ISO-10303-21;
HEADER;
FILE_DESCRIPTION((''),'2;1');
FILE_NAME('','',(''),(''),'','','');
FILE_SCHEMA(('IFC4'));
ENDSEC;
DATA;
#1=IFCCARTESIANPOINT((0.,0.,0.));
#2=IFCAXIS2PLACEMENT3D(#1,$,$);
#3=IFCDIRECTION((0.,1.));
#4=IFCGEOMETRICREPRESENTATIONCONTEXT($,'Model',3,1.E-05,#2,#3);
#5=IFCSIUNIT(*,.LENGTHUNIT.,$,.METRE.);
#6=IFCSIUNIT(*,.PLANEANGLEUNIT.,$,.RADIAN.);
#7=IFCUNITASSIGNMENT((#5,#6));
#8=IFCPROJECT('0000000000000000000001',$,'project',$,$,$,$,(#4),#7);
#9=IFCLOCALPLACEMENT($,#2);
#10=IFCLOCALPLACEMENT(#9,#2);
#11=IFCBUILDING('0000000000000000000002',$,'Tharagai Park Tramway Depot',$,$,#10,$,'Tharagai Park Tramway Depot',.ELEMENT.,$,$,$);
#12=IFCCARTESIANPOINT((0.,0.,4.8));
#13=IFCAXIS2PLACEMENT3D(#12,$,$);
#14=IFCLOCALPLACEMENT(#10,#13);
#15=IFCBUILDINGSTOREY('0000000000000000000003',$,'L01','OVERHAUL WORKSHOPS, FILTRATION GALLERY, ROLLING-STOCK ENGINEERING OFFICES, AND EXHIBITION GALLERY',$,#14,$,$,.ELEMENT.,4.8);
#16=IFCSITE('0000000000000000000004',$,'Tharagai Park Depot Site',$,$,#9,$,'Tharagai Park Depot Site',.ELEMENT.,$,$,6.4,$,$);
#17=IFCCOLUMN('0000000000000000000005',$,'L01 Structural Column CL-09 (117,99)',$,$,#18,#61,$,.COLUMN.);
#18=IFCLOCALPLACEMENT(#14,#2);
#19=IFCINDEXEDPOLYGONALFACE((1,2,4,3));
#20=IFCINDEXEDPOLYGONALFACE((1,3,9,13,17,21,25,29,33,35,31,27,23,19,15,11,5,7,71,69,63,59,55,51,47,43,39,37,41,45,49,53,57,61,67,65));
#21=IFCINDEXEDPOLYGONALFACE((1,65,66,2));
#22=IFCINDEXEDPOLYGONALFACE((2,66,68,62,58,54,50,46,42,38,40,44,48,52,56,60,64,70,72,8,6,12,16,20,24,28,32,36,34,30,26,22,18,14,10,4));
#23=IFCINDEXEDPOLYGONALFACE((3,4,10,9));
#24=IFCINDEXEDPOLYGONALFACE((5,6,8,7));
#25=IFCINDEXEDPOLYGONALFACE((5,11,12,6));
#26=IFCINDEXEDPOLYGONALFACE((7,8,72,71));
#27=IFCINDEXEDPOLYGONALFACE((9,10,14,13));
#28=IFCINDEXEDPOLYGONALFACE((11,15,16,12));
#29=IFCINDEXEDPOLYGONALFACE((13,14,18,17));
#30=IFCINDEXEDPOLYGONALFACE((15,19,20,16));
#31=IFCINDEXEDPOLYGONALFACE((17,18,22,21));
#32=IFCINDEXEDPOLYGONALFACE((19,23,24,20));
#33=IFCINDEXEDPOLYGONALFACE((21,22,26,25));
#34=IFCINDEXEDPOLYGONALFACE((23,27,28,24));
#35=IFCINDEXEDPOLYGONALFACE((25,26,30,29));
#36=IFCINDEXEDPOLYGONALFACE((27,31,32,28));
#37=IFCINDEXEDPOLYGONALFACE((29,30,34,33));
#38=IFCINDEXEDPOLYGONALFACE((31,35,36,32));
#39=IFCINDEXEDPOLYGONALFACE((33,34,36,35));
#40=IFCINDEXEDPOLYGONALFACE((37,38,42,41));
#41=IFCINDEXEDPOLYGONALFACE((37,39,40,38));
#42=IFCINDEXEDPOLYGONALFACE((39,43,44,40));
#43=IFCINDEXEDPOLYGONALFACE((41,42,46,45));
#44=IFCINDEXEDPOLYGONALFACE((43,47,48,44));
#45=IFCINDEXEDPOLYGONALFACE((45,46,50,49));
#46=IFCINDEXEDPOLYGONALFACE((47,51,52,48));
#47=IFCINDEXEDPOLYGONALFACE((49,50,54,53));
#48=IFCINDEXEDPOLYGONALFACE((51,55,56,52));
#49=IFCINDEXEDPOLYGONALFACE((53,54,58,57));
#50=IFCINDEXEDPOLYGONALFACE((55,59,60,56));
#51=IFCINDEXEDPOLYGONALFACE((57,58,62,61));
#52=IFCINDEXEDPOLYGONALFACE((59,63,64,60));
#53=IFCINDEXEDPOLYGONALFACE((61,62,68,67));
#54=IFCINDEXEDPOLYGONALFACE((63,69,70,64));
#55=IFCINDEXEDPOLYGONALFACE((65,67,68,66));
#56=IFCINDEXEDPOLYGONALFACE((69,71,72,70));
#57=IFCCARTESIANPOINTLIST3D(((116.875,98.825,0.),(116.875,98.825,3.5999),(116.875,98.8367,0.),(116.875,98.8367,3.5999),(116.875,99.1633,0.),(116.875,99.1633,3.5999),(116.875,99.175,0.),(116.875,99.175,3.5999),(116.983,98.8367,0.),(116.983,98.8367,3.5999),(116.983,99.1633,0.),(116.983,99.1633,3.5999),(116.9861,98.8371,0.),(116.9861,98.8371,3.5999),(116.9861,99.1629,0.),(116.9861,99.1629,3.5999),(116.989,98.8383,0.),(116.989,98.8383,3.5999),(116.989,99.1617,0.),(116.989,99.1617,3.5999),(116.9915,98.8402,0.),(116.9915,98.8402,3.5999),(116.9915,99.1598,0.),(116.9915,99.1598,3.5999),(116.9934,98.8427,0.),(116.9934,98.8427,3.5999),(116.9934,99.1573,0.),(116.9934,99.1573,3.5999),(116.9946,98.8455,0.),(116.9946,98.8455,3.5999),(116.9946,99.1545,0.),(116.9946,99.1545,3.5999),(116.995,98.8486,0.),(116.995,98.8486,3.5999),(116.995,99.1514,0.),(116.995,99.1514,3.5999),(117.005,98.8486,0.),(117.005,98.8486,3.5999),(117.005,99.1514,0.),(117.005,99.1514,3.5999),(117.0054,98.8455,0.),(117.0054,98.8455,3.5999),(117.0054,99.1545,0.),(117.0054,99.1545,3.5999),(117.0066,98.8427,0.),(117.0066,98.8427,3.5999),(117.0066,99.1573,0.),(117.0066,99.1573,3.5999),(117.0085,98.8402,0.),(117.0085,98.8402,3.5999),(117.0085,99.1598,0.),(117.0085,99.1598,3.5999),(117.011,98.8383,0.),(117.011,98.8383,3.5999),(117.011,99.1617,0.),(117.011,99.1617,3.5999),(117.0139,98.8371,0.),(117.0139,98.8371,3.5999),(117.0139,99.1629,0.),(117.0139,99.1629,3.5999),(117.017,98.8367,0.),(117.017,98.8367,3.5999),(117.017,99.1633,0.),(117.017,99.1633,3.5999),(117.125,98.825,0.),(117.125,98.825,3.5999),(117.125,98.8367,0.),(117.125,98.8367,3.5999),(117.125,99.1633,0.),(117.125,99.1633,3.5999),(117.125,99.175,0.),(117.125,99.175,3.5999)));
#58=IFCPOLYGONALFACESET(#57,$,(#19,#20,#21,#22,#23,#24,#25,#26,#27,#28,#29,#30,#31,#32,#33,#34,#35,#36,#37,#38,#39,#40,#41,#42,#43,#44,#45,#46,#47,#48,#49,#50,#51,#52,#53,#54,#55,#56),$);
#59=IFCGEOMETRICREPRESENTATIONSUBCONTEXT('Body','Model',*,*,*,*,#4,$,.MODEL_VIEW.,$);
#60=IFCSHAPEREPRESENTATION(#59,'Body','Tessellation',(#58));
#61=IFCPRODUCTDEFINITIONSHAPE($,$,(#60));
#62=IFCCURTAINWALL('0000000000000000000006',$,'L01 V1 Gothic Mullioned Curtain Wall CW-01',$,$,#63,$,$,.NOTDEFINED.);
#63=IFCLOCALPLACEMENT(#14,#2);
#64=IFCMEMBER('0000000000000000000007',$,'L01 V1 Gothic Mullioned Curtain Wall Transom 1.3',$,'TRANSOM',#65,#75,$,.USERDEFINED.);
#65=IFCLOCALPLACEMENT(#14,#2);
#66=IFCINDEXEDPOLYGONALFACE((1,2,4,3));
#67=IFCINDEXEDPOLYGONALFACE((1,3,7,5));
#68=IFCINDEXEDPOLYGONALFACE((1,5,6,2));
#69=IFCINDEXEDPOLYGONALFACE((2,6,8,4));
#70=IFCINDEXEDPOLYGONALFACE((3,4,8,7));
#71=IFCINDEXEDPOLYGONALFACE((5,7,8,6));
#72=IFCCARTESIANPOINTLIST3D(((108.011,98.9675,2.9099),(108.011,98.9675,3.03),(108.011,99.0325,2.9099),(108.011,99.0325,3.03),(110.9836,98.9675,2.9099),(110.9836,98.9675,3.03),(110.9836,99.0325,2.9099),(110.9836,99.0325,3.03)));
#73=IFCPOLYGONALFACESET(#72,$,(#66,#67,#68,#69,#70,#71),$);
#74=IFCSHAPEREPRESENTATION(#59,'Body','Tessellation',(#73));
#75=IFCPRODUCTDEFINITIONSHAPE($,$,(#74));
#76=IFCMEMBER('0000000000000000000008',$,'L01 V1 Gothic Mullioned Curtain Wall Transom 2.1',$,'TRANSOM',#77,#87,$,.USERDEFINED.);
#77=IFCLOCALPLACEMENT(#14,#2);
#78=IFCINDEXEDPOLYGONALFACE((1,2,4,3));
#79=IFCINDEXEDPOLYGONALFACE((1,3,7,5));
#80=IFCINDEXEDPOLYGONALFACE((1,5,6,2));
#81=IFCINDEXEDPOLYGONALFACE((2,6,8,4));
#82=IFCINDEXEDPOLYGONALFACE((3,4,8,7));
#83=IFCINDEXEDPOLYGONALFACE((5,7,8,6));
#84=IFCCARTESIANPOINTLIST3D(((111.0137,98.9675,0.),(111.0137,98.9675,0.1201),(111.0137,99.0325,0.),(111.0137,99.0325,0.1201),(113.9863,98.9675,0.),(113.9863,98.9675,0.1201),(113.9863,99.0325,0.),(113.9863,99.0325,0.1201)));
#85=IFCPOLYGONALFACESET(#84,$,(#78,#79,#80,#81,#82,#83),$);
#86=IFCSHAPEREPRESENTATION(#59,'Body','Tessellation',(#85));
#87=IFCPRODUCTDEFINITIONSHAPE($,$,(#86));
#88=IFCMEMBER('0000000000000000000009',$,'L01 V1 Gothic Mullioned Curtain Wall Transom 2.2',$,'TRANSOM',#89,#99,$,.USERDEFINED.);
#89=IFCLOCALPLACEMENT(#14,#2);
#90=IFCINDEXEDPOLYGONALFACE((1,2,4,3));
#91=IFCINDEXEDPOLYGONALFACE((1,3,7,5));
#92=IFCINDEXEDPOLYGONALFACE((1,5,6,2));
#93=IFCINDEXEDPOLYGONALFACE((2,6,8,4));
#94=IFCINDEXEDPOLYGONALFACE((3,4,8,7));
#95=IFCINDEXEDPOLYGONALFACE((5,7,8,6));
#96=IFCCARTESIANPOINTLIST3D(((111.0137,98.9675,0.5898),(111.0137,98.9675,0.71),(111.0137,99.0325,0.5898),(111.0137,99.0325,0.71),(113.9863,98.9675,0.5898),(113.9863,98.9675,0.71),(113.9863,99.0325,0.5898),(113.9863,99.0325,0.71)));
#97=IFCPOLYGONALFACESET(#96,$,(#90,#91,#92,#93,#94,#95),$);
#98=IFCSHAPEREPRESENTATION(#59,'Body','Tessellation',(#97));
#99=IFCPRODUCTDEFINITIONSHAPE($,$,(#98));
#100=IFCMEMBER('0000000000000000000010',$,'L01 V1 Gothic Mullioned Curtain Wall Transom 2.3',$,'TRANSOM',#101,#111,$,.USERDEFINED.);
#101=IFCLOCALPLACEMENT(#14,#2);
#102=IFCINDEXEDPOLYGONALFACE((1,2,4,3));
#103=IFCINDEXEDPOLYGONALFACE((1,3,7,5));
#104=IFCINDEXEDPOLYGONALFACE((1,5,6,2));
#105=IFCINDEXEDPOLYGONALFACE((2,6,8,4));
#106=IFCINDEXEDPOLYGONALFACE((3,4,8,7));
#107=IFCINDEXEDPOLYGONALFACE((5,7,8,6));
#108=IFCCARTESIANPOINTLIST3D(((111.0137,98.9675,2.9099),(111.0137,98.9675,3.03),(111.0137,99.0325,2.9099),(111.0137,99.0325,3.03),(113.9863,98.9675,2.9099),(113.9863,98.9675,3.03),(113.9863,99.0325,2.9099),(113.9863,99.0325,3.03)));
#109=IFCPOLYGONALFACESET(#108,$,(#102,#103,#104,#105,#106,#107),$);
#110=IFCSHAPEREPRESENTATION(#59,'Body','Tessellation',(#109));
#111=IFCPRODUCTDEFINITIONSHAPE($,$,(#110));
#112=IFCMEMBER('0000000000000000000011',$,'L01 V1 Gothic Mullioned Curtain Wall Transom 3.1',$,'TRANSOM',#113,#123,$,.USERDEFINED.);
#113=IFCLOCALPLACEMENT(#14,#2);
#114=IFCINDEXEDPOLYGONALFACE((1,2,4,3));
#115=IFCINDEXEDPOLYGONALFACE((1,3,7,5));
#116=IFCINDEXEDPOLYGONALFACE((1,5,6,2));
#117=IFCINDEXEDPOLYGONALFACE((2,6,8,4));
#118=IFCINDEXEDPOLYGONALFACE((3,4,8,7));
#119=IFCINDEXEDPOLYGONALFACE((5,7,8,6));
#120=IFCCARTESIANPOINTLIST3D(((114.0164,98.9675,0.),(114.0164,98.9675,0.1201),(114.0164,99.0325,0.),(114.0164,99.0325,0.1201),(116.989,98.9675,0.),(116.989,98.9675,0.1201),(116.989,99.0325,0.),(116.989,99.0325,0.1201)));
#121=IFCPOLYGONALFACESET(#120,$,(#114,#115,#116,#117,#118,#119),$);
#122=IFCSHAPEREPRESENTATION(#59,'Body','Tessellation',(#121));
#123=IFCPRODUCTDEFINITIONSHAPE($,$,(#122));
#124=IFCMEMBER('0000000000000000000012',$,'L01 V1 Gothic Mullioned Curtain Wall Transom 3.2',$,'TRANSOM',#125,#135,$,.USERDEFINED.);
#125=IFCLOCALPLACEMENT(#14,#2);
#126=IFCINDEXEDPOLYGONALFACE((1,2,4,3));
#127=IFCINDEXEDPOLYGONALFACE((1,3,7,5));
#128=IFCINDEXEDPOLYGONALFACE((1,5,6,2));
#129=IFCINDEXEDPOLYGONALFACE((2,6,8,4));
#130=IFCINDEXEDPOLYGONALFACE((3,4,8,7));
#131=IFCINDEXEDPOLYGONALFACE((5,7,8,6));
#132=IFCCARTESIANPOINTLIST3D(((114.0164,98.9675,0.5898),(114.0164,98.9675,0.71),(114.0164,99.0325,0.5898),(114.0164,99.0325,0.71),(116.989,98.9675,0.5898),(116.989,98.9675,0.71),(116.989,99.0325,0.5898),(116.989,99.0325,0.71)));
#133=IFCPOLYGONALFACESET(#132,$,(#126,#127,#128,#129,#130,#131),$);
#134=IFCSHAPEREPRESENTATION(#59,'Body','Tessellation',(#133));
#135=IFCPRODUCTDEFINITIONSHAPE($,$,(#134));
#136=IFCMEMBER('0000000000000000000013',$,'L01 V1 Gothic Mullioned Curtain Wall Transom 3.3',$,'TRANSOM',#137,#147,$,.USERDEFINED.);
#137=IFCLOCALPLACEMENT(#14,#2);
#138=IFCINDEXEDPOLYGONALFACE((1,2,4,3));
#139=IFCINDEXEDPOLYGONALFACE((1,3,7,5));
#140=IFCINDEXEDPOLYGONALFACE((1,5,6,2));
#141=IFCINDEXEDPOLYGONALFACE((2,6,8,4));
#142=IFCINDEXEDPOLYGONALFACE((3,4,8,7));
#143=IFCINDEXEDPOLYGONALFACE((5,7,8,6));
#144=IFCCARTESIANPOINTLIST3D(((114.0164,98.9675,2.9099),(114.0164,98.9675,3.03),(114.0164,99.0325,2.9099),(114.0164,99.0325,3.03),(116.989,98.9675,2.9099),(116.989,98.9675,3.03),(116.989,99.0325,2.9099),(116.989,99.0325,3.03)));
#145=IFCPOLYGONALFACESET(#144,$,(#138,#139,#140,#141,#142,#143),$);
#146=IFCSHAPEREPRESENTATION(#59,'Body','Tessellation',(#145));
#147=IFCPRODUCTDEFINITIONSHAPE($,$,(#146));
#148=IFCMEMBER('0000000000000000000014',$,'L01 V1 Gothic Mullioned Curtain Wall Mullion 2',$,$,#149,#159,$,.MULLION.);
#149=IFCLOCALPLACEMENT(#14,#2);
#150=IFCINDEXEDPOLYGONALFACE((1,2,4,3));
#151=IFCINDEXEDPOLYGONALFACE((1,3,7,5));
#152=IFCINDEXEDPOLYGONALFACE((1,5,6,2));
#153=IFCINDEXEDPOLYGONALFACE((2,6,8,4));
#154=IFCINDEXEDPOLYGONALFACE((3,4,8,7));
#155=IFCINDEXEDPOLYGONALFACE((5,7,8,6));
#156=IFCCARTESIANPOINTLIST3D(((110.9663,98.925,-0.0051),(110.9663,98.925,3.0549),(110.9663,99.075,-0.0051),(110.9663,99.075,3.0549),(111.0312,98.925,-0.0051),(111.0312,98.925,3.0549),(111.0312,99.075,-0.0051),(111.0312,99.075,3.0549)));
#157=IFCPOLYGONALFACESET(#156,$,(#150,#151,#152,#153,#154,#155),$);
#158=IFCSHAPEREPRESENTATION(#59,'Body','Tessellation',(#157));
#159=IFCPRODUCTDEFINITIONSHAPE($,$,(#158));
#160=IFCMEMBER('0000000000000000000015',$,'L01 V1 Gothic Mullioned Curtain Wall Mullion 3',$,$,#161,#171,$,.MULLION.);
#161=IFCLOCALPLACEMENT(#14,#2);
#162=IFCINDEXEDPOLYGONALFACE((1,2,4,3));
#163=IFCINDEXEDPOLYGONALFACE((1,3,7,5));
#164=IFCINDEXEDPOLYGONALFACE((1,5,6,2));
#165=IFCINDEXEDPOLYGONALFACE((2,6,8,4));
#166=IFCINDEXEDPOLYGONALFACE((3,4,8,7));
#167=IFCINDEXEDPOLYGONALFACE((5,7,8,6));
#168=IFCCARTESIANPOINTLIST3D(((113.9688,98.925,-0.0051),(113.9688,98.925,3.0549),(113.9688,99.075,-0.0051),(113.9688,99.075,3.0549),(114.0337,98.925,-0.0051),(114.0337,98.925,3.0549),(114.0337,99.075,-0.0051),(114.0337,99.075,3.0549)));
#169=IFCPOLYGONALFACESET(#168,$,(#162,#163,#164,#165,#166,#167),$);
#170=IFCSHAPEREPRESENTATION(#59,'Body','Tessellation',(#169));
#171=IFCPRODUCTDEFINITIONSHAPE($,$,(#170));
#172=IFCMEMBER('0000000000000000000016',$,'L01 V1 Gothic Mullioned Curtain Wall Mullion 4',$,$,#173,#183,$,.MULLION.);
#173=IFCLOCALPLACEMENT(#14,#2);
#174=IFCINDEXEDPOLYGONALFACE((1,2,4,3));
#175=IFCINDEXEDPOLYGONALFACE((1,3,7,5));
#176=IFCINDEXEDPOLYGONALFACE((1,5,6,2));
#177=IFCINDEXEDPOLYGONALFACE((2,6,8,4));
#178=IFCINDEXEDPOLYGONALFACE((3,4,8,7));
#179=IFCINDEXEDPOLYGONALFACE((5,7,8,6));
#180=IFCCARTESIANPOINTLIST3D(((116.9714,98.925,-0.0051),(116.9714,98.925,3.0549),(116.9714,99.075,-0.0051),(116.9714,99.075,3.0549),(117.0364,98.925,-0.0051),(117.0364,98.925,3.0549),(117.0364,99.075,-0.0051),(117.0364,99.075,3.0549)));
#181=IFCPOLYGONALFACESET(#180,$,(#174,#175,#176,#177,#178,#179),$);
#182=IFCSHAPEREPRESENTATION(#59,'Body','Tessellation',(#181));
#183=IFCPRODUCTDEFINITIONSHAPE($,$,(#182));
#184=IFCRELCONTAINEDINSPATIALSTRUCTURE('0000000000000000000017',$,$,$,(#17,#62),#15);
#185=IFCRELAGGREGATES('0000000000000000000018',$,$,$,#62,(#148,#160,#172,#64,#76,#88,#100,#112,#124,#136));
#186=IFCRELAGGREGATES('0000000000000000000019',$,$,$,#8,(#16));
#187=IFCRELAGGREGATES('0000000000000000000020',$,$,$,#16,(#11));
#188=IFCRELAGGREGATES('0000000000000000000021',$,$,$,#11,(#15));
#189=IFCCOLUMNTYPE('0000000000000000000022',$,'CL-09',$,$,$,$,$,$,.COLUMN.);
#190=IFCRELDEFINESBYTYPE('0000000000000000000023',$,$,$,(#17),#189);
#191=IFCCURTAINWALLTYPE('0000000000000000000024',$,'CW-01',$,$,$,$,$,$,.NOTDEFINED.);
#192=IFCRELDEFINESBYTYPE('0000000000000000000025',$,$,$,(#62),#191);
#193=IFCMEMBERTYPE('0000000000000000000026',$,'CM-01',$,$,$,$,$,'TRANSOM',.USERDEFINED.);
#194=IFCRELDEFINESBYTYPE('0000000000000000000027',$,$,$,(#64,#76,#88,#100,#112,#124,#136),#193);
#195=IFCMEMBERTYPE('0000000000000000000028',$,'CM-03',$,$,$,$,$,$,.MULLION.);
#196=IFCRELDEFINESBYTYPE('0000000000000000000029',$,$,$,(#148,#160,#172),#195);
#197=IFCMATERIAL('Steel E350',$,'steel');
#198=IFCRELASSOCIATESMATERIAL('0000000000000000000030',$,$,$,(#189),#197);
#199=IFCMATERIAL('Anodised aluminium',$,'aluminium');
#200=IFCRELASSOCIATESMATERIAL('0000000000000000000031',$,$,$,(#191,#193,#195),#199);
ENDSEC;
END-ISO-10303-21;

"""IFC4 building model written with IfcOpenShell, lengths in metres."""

from ifc_helpers import new_model, si_unit, direction, frame, origin, origin_2d, place, context, subcontext, project, spatial, rectangle, i_section, extrude, material, material_profile, profile_set, type_object, element, aggregate, save


model = new_model("IFC4")

# Units and contexts
model_context = context("Model", 3, precision=1e-05, world=origin(), true_north=direction((0.0, 1.0)))
body_context = subcontext(model_context, "Body", "Model", "MODEL_VIEW")
ifc_project = project(units=[si_unit("LENGTHUNIT", "METRE"), si_unit("PLANEANGLEUNIT", "RADIAN")], contexts=[model_context])

# Site, building, storey
site_placement = place(None, origin())
site = spatial("IfcSite", under=ifc_project, at=site_placement, Name="Tharagai Park Depot Site", LongName="Tharagai Park Depot Site", CompositionType="ELEMENT", RefElevation=6.4)
building_placement = place(site_placement, origin())
building = spatial("IfcBuilding", under=site, at=building_placement, Name="Tharagai Park Tramway Depot", LongName="Tharagai Park Tramway Depot", CompositionType="ELEMENT")
storey_placement = place(building_placement, frame((0.0, 0.0, 4.8)))
storey = spatial("IfcBuildingStorey", under=building, at=storey_placement, Name="L01", Description="OVERHAUL WORKSHOPS, FILTRATION GALLERY, ROLLING-STOCK ENGINEERING OFFICES, AND EXHIBITION GALLERY", CompositionType="ELEMENT", Elevation=4.8)

# Column
ifc_material_1 = material(Name="Steel E350", Category="steel")
ifc_material_profile_1 = material_profile(ifc_material_1, i_section(OverallWidth=0.25, OverallDepth=0.3501, WebThickness=0.01, FlangeThickness=0.0117, FilletRadius=0.012, at=origin_2d()), Name="ISHB 350")
ifc_profile_set_1 = profile_set([ifc_material_profile_1], Name="Steel E350")
column_type = type_object("IfcColumnType", Name="CL-09", PredefinedType="COLUMN", material=ifc_profile_set_1)
column_placement = place(storey_placement, frame((117.0, 99.0, 0.0), z_axis=(0.0, 0.0, 1.0), x_axis=(1.0, 0.0, 0.0)))
element("IfcColumn", 1, at=column_placement, inside=storey, type_object=column_type, Name="L01 Structural Column CL-09 (117,99)", PredefinedType="COLUMN", context=body_context, shape_type="SweptSolid", body=[
    extrude(i_section(OverallWidth=0.25, OverallDepth=0.3501, WebThickness=0.01, FlangeThickness=0.0117, FilletRadius=0.012, at=origin_2d()), origin(), (0.0, 0.0, 1.0), 3.5999),
])

# Curtain wall, members
ifc_material_2 = material(Name="Anodised aluminium", Category="aluminium")
curtain_wall_type = type_object("IfcCurtainWallType", Name="CW-01", PredefinedType="NOTDEFINED", material=ifc_material_2)
curtain_wall_placement = place(storey_placement, origin())
curtain_wall = element("IfcCurtainWall", 2, at=curtain_wall_placement, inside=storey, type_object=curtain_wall_type, Name="L01 V1 Gothic Mullioned Curtain Wall CW-01", PredefinedType="NOTDEFINED")
ifc_material_profile_2 = material_profile(ifc_material_2, rectangle(XDim=0.0649, YDim=0.1201, at=origin_2d()), Name="ALU 65x120")
ifc_profile_set_2 = profile_set([ifc_material_profile_2], Name="Anodised aluminium")
member_type_1 = type_object("IfcMemberType", Name="CM-01", ElementType="TRANSOM", PredefinedType="USERDEFINED", material=ifc_profile_set_2)
member_1_placement = place(storey_placement, frame((108.011, 99.0, 2.97), z_axis=(1.0, 0.0, 0.0), x_axis=(0.0, 1.0, 0.0)))
member_1 = element("IfcMember", 3, at=member_1_placement, type_object=member_type_1, Name="L01 V1 Gothic Mullioned Curtain Wall Transom 1.3", ObjectType="TRANSOM", PredefinedType="USERDEFINED", context=body_context, shape_type="SweptSolid", body=[
    extrude(rectangle(XDim=0.0649, YDim=0.1201, at=origin_2d()), origin(), (0.0, 0.0, 1.0), 2.9727),
])
member_2_placement = place(storey_placement, frame((111.0137, 99.0, 0.0601), z_axis=(1.0, 0.0, 0.0), x_axis=(0.0, 1.0, 0.0)))
member_2 = element("IfcMember", 4, at=member_2_placement, type_object=member_type_1, Name="L01 V1 Gothic Mullioned Curtain Wall Transom 2.1", ObjectType="TRANSOM", PredefinedType="USERDEFINED", context=body_context, shape_type="SweptSolid", body=[
    extrude(rectangle(XDim=0.0649, YDim=0.1201, at=origin_2d()), origin(), (0.0, 0.0, 1.0), 2.9727),
])
member_3_placement = place(storey_placement, frame((111.0137, 99.0, 0.6499), z_axis=(1.0, 0.0, 0.0), x_axis=(0.0, 1.0, 0.0)))
member_3 = element("IfcMember", 5, at=member_3_placement, type_object=member_type_1, Name="L01 V1 Gothic Mullioned Curtain Wall Transom 2.2", ObjectType="TRANSOM", PredefinedType="USERDEFINED", context=body_context, shape_type="SweptSolid", body=[
    extrude(rectangle(XDim=0.0649, YDim=0.1201, at=origin_2d()), origin(), (0.0, 0.0, 1.0), 2.9727),
])
member_4_placement = place(storey_placement, frame((111.0137, 99.0, 2.97), z_axis=(1.0, 0.0, 0.0), x_axis=(0.0, 1.0, 0.0)))
member_4 = element("IfcMember", 6, at=member_4_placement, type_object=member_type_1, Name="L01 V1 Gothic Mullioned Curtain Wall Transom 2.3", ObjectType="TRANSOM", PredefinedType="USERDEFINED", context=body_context, shape_type="SweptSolid", body=[
    extrude(rectangle(XDim=0.0649, YDim=0.1201, at=origin_2d()), origin(), (0.0, 0.0, 1.0), 2.9727),
])
member_5_placement = place(storey_placement, frame((114.0164, 99.0, 0.0601), z_axis=(1.0, 0.0, 0.0), x_axis=(0.0, 1.0, 0.0)))
member_5 = element("IfcMember", 7, at=member_5_placement, type_object=member_type_1, Name="L01 V1 Gothic Mullioned Curtain Wall Transom 3.1", ObjectType="TRANSOM", PredefinedType="USERDEFINED", context=body_context, shape_type="SweptSolid", body=[
    extrude(rectangle(XDim=0.0649, YDim=0.1201, at=origin_2d()), origin(), (0.0, 0.0, 1.0), 2.9727),
])
member_6_placement = place(storey_placement, frame((114.0164, 99.0, 0.6499), z_axis=(1.0, 0.0, 0.0), x_axis=(0.0, 1.0, 0.0)))
member_6 = element("IfcMember", 8, at=member_6_placement, type_object=member_type_1, Name="L01 V1 Gothic Mullioned Curtain Wall Transom 3.2", ObjectType="TRANSOM", PredefinedType="USERDEFINED", context=body_context, shape_type="SweptSolid", body=[
    extrude(rectangle(XDim=0.0649, YDim=0.1201, at=origin_2d()), origin(), (0.0, 0.0, 1.0), 2.9727),
])
member_7_placement = place(storey_placement, frame((114.0164, 99.0, 2.97), z_axis=(1.0, 0.0, 0.0), x_axis=(0.0, 1.0, 0.0)))
member_7 = element("IfcMember", 9, at=member_7_placement, type_object=member_type_1, Name="L01 V1 Gothic Mullioned Curtain Wall Transom 3.3", ObjectType="TRANSOM", PredefinedType="USERDEFINED", context=body_context, shape_type="SweptSolid", body=[
    extrude(rectangle(XDim=0.0649, YDim=0.1201, at=origin_2d()), origin(), (0.0, 0.0, 1.0), 2.9727),
])
ifc_material_profile_3 = material_profile(ifc_material_2, rectangle(XDim=0.0649, YDim=0.1499, at=origin_2d()), Name="ALU 65x150")
ifc_profile_set_3 = profile_set([ifc_material_profile_3], Name="Anodised aluminium")
member_type_2 = type_object("IfcMemberType", Name="CM-03", PredefinedType="MULLION", material=ifc_profile_set_3)
member_8_placement = place(storey_placement, frame((110.9988, 99.0, -0.0051), z_axis=(0.0, 0.0, 1.0), x_axis=(1.0, 0.0, 0.0)))
member_8 = element("IfcMember", 10, at=member_8_placement, type_object=member_type_2, Name="L01 V1 Gothic Mullioned Curtain Wall Mullion 2", PredefinedType="MULLION", context=body_context, shape_type="SweptSolid", body=[
    extrude(rectangle(XDim=0.0649, YDim=0.1499, at=origin_2d()), origin(), (0.0, 0.0, 1.0), 3.0601),
])
member_9_placement = place(storey_placement, frame((114.0012, 99.0, -0.0051), z_axis=(0.0, 0.0, 1.0), x_axis=(1.0, 0.0, 0.0)))
member_9 = element("IfcMember", 11, at=member_9_placement, type_object=member_type_2, Name="L01 V1 Gothic Mullioned Curtain Wall Mullion 3", PredefinedType="MULLION", context=body_context, shape_type="SweptSolid", body=[
    extrude(rectangle(XDim=0.0649, YDim=0.1499, at=origin_2d()), origin(), (0.0, 0.0, 1.0), 3.0601),
])
member_10_placement = place(storey_placement, frame((117.0039, 99.0, -0.0051), z_axis=(0.0, 0.0, 1.0), x_axis=(1.0, 0.0, 0.0)))
member_10 = element("IfcMember", 12, at=member_10_placement, type_object=member_type_2, Name="L01 V1 Gothic Mullioned Curtain Wall Mullion 4", PredefinedType="MULLION", context=body_context, shape_type="SweptSolid", body=[
    extrude(rectangle(XDim=0.0649, YDim=0.1499, at=origin_2d()), origin(), (0.0, 0.0, 1.0), 3.0601),
])

aggregate(curtain_wall, [member_8, member_9, member_10, member_1, member_2, member_3, member_4, member_5, member_6, member_7])

save(model, "model.ifc")
